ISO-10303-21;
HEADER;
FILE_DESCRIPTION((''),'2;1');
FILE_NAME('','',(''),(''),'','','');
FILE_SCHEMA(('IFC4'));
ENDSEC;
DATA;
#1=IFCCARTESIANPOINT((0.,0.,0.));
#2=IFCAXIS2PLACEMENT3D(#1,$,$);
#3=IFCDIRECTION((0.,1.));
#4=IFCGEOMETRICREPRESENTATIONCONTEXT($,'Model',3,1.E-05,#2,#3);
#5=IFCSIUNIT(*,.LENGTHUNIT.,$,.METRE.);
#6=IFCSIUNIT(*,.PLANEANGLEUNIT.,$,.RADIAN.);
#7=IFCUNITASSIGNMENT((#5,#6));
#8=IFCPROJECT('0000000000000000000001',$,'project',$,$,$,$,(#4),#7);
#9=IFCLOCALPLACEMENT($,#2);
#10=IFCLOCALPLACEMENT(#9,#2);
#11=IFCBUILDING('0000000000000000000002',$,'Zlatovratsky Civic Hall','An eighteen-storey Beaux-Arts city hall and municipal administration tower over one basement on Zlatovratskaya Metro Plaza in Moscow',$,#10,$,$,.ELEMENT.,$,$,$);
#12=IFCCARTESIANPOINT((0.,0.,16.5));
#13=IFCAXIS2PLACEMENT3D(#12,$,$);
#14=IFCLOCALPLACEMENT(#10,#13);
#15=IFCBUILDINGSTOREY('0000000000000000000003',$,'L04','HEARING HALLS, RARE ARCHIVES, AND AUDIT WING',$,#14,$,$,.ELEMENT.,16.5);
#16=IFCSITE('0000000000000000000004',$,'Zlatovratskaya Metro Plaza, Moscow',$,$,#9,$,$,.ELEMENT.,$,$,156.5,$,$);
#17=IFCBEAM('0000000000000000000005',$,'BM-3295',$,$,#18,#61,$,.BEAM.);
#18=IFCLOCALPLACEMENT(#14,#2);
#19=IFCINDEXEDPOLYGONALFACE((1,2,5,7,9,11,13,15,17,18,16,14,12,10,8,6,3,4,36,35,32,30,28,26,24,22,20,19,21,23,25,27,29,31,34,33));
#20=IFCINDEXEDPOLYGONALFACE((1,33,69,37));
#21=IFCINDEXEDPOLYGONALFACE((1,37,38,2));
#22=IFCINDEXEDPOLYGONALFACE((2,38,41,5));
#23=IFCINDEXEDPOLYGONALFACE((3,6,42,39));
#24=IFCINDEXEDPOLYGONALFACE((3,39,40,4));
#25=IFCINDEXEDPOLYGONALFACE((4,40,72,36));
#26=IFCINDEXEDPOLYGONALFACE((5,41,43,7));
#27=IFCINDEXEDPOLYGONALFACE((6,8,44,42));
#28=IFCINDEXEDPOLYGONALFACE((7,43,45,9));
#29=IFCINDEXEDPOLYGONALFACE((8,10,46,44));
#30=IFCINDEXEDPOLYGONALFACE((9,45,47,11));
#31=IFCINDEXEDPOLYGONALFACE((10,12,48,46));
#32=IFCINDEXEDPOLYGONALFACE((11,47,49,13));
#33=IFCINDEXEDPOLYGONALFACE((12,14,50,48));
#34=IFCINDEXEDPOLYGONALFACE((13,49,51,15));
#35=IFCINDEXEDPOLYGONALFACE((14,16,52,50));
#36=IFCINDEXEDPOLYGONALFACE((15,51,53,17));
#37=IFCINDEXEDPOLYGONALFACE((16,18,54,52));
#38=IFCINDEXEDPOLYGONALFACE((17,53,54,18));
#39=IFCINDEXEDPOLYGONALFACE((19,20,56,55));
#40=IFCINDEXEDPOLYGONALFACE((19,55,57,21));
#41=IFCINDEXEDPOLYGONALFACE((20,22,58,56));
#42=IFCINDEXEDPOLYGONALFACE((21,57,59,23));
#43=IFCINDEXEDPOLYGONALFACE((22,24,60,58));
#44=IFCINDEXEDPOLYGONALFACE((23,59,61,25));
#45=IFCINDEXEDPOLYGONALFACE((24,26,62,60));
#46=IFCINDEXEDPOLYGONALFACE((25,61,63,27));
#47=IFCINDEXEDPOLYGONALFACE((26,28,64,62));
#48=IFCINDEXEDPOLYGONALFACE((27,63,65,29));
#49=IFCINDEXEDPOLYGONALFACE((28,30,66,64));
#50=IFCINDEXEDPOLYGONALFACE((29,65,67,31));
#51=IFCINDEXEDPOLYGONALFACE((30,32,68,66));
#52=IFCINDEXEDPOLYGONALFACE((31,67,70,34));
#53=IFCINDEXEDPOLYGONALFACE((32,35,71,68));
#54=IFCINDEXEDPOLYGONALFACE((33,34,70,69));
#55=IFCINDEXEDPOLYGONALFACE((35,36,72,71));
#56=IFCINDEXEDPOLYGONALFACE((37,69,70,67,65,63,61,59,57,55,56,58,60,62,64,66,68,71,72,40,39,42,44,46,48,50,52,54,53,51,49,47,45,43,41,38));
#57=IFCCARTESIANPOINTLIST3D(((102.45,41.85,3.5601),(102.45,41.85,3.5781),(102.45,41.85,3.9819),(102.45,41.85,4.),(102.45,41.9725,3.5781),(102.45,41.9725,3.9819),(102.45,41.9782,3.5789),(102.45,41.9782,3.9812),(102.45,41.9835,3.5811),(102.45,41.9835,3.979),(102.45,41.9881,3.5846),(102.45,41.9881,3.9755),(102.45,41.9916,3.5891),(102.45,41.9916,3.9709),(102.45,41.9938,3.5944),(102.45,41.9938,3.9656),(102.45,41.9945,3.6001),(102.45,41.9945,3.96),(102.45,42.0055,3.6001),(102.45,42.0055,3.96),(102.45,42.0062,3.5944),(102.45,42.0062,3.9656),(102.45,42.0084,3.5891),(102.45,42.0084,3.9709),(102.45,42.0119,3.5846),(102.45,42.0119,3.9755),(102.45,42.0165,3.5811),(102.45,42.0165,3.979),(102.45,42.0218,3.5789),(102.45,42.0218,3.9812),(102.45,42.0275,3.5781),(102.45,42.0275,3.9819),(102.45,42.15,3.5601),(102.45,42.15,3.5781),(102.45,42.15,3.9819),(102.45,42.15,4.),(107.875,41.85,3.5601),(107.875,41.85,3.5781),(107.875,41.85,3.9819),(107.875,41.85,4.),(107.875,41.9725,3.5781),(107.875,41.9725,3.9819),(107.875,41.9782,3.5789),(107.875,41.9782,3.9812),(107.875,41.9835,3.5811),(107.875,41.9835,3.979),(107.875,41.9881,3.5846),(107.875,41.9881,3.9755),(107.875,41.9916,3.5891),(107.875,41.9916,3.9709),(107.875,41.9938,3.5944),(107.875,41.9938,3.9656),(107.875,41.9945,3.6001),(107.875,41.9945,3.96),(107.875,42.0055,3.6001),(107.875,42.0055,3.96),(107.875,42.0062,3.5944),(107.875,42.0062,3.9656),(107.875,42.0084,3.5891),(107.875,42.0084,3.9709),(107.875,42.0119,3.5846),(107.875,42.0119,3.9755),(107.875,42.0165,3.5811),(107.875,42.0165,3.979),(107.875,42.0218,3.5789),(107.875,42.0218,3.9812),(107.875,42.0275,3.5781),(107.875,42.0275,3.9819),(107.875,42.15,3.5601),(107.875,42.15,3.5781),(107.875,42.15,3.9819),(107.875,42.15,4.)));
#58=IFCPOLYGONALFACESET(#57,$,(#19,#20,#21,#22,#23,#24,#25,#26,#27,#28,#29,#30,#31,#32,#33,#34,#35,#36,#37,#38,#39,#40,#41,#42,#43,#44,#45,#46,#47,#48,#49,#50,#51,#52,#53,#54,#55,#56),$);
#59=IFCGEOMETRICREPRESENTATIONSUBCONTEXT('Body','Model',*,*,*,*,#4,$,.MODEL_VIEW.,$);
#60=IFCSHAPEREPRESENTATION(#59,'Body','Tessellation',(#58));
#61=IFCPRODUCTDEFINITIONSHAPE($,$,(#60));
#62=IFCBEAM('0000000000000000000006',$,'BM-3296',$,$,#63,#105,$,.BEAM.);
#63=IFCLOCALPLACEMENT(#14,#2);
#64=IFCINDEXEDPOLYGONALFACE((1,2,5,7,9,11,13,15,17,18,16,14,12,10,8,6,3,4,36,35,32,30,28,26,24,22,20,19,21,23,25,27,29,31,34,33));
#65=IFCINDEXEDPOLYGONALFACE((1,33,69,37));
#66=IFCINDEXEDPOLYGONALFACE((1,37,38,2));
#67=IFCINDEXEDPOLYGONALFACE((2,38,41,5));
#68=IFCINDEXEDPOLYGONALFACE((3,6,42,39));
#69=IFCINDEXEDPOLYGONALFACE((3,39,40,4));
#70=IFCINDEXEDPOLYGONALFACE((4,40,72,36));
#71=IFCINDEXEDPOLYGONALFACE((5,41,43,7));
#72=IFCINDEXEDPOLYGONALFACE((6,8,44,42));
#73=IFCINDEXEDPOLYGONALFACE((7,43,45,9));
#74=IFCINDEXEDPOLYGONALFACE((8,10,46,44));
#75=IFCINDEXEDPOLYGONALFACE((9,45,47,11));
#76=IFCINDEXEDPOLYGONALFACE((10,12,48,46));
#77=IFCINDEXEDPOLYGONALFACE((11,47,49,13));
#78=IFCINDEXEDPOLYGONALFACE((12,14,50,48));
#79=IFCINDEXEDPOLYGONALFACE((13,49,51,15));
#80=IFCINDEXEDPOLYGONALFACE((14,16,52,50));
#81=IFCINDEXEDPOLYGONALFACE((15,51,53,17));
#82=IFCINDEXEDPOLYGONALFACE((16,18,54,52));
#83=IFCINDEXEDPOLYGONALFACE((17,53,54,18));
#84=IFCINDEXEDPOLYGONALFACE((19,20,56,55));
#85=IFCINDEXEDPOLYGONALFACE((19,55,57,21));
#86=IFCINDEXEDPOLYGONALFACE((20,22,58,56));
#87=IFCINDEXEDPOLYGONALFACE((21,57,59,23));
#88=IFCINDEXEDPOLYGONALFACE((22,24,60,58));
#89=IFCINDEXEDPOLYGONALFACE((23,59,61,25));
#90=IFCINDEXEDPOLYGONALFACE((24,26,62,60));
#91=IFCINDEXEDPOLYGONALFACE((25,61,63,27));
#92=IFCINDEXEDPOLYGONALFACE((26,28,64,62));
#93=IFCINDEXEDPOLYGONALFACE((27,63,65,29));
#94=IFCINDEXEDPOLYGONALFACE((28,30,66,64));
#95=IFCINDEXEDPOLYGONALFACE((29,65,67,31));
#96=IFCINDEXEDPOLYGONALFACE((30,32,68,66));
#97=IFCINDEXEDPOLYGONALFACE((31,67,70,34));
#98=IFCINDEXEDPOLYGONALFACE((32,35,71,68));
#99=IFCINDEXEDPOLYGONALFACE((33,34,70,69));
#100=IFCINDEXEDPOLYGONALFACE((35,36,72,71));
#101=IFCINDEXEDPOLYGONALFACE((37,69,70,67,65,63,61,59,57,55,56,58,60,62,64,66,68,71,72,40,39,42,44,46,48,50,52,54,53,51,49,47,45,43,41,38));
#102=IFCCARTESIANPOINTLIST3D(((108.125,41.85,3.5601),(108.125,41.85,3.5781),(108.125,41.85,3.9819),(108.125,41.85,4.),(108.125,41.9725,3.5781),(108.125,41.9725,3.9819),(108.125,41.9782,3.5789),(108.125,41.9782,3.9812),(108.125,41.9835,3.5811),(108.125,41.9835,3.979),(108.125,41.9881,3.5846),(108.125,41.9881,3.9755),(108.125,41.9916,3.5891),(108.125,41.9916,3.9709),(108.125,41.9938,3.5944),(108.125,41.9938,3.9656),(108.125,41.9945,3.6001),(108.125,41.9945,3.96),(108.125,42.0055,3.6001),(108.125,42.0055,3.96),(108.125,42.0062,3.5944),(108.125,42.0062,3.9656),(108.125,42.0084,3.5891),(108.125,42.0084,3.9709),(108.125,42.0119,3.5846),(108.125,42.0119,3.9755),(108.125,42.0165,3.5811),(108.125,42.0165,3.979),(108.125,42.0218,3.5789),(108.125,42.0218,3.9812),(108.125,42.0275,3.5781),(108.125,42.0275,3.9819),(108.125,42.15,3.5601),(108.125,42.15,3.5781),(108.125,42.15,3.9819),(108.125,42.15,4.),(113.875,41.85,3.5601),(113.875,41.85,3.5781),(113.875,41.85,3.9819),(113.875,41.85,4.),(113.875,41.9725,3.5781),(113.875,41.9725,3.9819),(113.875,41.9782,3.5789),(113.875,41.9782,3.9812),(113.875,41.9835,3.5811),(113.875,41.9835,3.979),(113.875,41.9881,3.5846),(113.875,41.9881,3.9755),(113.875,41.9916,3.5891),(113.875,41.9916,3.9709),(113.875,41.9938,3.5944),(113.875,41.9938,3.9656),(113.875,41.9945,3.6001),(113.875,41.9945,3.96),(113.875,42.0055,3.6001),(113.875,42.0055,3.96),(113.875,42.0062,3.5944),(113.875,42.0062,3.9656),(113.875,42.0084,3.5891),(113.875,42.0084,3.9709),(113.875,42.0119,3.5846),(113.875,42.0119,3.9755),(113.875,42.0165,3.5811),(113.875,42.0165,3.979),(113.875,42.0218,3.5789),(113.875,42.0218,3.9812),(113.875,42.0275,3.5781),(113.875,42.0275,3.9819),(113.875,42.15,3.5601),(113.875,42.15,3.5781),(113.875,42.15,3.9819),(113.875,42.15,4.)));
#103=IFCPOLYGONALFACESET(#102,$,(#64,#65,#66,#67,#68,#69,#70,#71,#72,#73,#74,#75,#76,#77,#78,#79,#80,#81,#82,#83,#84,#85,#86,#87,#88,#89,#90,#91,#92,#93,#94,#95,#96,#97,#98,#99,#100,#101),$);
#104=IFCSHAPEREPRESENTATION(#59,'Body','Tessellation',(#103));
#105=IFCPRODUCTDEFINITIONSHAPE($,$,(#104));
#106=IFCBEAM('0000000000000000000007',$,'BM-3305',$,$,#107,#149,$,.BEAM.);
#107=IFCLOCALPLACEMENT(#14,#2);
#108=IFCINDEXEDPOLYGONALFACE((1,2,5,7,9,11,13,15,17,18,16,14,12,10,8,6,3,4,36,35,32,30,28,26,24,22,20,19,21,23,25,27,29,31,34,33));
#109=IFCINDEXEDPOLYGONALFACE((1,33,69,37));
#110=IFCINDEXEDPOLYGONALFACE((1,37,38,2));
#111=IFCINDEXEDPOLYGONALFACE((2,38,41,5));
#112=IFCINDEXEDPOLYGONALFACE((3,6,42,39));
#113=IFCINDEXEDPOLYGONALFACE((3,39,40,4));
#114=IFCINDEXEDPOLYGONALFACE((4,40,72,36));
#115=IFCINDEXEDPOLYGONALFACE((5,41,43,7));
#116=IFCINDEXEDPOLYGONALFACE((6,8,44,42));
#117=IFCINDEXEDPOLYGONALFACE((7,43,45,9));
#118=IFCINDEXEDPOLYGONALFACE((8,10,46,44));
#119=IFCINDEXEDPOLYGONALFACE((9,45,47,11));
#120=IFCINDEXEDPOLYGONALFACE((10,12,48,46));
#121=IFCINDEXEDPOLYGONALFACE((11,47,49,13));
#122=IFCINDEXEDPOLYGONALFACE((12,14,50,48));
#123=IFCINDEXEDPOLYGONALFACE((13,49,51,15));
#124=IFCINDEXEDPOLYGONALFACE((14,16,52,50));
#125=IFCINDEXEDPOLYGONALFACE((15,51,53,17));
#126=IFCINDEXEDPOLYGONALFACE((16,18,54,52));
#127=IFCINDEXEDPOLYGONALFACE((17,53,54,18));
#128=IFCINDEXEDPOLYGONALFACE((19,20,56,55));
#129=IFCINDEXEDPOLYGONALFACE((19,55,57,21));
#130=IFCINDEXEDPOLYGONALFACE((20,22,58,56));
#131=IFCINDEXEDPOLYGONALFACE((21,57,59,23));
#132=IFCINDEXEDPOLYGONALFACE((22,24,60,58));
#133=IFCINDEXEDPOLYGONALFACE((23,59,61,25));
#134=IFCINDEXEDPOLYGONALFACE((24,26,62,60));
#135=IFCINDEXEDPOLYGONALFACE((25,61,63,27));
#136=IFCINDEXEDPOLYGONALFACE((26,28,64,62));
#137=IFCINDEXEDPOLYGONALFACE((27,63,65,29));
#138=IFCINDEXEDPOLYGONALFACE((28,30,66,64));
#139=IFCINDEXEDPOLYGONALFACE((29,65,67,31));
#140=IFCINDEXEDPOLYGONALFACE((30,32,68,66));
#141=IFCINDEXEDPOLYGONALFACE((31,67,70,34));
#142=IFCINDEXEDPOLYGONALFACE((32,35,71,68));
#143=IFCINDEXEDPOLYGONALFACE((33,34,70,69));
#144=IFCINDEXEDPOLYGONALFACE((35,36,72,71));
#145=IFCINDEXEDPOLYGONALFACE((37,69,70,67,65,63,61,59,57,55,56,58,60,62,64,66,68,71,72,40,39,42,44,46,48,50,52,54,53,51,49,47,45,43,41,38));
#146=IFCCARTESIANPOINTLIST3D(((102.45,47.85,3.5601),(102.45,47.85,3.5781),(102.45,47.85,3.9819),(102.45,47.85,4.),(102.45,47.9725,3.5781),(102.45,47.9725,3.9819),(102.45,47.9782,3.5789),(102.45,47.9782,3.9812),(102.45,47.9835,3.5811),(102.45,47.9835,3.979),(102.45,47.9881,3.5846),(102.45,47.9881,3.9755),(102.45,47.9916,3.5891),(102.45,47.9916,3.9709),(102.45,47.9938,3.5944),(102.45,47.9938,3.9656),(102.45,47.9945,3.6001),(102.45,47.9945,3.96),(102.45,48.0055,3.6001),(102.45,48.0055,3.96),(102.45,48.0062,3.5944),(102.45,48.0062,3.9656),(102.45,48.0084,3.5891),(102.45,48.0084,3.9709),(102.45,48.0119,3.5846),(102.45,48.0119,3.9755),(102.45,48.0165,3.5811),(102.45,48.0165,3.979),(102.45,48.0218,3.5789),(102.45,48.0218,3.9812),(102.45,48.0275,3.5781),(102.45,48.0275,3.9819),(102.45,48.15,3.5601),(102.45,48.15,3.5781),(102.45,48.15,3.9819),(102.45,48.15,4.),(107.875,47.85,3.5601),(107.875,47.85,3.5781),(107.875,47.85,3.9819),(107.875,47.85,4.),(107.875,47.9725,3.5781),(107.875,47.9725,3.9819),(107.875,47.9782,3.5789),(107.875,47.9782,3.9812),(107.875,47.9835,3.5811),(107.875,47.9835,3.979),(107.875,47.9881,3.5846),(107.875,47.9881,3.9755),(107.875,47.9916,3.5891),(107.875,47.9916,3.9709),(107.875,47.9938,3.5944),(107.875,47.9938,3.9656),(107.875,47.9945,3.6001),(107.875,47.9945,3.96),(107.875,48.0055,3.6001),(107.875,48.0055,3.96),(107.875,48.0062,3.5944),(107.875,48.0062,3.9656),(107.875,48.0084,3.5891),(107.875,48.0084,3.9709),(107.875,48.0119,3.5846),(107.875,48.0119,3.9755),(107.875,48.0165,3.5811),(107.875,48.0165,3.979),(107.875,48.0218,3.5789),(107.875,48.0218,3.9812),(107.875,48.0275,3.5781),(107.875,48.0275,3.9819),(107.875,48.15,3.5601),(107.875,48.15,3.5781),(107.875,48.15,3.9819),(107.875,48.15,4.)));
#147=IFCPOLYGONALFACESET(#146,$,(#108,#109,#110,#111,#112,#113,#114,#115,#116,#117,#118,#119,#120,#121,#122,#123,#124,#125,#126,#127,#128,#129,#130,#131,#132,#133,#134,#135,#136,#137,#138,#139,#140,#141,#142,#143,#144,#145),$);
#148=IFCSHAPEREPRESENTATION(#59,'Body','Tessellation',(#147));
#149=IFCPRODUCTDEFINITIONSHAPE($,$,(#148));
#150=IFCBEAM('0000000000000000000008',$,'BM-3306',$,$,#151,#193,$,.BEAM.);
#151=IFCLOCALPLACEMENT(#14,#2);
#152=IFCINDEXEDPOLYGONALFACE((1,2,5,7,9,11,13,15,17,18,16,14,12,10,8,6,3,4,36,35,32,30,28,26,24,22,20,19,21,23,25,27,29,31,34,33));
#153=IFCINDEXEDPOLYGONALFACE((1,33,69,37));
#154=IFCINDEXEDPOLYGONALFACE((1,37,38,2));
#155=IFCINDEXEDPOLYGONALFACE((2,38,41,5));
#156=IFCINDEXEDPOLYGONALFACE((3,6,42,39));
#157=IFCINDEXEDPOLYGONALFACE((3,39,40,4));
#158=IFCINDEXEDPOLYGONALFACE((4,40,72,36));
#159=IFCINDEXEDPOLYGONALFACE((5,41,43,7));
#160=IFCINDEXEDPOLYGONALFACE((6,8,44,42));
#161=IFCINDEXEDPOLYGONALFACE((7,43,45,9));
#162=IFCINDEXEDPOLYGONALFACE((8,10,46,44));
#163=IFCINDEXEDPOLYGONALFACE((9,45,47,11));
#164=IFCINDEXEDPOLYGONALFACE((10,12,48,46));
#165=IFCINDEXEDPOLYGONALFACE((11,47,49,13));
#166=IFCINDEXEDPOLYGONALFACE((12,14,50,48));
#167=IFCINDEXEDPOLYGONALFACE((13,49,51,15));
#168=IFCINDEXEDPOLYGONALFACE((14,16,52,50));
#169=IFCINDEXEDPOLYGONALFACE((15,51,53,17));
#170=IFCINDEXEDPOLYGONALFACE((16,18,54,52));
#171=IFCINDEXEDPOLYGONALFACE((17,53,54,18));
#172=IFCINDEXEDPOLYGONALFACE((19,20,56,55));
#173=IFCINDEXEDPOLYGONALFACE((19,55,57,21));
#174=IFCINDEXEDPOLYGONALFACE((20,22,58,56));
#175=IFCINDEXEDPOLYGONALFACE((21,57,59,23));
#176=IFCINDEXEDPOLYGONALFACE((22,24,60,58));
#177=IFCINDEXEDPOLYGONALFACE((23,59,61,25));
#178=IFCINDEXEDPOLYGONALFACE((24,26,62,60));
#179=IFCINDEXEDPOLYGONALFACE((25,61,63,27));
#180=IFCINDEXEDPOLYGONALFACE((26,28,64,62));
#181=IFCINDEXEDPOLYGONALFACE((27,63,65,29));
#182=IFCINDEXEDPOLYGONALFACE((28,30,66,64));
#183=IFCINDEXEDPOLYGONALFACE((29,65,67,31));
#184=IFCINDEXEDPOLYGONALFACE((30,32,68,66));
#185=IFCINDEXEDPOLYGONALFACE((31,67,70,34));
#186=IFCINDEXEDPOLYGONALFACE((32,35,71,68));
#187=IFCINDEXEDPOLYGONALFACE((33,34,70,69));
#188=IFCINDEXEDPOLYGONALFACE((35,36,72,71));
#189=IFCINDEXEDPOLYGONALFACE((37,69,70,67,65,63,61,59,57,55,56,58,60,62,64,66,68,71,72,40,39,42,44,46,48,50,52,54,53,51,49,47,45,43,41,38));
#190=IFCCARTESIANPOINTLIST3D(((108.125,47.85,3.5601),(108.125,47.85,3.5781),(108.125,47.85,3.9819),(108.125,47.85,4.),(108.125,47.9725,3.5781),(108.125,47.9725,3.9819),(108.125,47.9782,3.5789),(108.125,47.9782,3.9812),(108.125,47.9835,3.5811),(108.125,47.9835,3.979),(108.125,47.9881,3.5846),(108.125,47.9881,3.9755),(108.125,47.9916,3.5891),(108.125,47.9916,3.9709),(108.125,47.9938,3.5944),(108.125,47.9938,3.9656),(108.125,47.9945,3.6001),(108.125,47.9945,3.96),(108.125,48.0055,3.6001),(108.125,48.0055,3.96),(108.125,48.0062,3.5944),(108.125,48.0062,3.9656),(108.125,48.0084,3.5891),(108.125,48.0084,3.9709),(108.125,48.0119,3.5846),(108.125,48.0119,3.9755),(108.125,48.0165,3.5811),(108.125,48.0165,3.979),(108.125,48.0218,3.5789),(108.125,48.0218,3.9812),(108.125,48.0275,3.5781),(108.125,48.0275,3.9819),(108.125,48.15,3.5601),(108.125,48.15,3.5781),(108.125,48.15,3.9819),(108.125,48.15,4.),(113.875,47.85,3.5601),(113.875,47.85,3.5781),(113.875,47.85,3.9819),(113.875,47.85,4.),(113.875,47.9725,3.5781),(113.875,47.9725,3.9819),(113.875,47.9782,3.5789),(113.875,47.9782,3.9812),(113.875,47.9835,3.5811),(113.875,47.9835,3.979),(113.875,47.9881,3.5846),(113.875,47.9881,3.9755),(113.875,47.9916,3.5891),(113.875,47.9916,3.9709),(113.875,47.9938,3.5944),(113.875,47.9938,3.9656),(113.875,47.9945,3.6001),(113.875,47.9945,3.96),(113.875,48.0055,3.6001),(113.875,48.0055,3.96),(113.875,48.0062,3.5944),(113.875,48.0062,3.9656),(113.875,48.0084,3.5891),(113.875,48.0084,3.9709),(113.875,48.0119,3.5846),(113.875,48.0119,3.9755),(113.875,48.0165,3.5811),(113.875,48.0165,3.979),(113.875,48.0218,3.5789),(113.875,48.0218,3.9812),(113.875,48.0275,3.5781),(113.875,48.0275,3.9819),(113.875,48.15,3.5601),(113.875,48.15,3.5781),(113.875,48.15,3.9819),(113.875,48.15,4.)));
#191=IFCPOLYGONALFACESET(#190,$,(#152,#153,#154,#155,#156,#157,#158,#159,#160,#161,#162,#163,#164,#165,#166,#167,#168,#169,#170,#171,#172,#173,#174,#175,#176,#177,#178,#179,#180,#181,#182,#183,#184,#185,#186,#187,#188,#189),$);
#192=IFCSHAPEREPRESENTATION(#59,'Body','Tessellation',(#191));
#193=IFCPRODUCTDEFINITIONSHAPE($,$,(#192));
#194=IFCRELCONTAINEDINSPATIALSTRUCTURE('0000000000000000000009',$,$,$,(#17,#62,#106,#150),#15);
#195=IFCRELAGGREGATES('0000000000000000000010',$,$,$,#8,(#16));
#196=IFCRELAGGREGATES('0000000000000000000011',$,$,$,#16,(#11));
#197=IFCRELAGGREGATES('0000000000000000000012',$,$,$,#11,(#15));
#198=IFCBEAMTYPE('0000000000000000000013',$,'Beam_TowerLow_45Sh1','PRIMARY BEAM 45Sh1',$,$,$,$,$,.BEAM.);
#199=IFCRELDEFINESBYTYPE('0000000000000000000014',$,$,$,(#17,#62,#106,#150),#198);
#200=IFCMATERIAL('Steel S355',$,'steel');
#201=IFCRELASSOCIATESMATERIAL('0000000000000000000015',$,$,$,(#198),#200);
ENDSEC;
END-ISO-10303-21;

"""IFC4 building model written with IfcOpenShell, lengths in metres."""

from ifc_helpers import new_model, si_unit, direction, frame, origin, origin_2d, place, context, subcontext, project, spatial, i_section, extrude, material, material_profile, profile_set, type_object, element, save


model = new_model("IFC4")

# Units and contexts
model_context = context("Model", 3, precision=1e-05, world=origin(), true_north=direction((0.0, 1.0)))
body_context = subcontext(model_context, "Body", "Model", "MODEL_VIEW")
ifc_project = project(units=[si_unit("LENGTHUNIT", "METRE"), si_unit("PLANEANGLEUNIT", "RADIAN")], contexts=[model_context])

# Site, building, storey
site_placement = place(None, origin())
site = spatial("IfcSite", under=ifc_project, at=site_placement, Name="Zlatovratskaya Metro Plaza, Moscow", CompositionType="ELEMENT", RefElevation=156.5)
building_placement = place(site_placement, origin())
building = spatial("IfcBuilding", under=site, at=building_placement, Name="Zlatovratsky Civic Hall", Description="An eighteen-storey Beaux-Arts city hall and municipal administration tower over one basement on Zlatovratskaya Metro Plaza in Moscow", CompositionType="ELEMENT")
storey_placement = place(building_placement, frame((0.0, 0.0, 16.5)))
storey = spatial("IfcBuildingStorey", under=building, at=storey_placement, Name="L04", Description="HEARING HALLS, RARE ARCHIVES, AND AUDIT WING", CompositionType="ELEMENT", Elevation=16.5)

# Shared definitions
ifc_material_1 = material(Name="Steel S355", Category="steel")

# Beams
ifc_material_profile_1 = material_profile(ifc_material_1, i_section(OverallWidth=0.3, OverallDepth=0.4399, WebThickness=0.011, FlangeThickness=0.0181, FilletRadius=0.022, at=origin_2d()), Name="45Sh1")
ifc_profile_set_1 = profile_set([ifc_material_profile_1], Name="Steel S355")
beam_type_1 = type_object("IfcBeamType", Name="Beam_TowerLow_45Sh1", Description="PRIMARY BEAM 45Sh1", PredefinedType="BEAM", material=ifc_profile_set_1)
beam_1_placement = place(storey_placement, frame((102.45, 42.0, 3.78), z_axis=(1.0, 0.0, 0.0), x_axis=(0.0, 1.0, 0.0)))
element("IfcBeam", 1, at=beam_1_placement, inside=storey, type_object=beam_type_1, Name="BM-3295", PredefinedType="BEAM", context=body_context, shape_type="SweptSolid", body=[
    extrude(i_section(OverallWidth=0.3, OverallDepth=0.4399, WebThickness=0.011, FlangeThickness=0.0181, FilletRadius=0.022, at=origin_2d()), origin(), (0.0, 0.0, 1.0), 5.425),
])
beam_2_placement = place(storey_placement, frame((108.125, 42.0, 3.78), z_axis=(1.0, 0.0, 0.0), x_axis=(0.0, 1.0, 0.0)))
element("IfcBeam", 2, at=beam_2_placement, inside=storey, type_object=beam_type_1, Name="BM-3296", PredefinedType="BEAM", context=body_context, shape_type="SweptSolid", body=[
    extrude(i_section(OverallWidth=0.3, OverallDepth=0.4399, WebThickness=0.011, FlangeThickness=0.0181, FilletRadius=0.022, at=origin_2d()), origin(), (0.0, 0.0, 1.0), 5.75),
])
beam_3_placement = place(storey_placement, frame((102.45, 48.0, 3.78), z_axis=(1.0, 0.0, 0.0), x_axis=(0.0, 1.0, 0.0)))
element("IfcBeam", 3, at=beam_3_placement, inside=storey, type_object=beam_type_1, Name="BM-3305", PredefinedType="BEAM", context=body_context, shape_type="SweptSolid", body=[
    extrude(i_section(OverallWidth=0.3, OverallDepth=0.4399, WebThickness=0.011, FlangeThickness=0.0181, FilletRadius=0.022, at=origin_2d()), origin(), (0.0, 0.0, 1.0), 5.425),
])
beam_4_placement = place(storey_placement, frame((108.125, 48.0, 3.78), z_axis=(1.0, 0.0, 0.0), x_axis=(0.0, 1.0, 0.0)))
element("IfcBeam", 4, at=beam_4_placement, inside=storey, type_object=beam_type_1, Name="BM-3306", PredefinedType="BEAM", context=body_context, shape_type="SweptSolid", body=[
    extrude(i_section(OverallWidth=0.3, OverallDepth=0.4399, WebThickness=0.011, FlangeThickness=0.0181, FilletRadius=0.022, at=origin_2d()), origin(), (0.0, 0.0, 1.0), 5.75),
])

save(model, "model.ifc")
